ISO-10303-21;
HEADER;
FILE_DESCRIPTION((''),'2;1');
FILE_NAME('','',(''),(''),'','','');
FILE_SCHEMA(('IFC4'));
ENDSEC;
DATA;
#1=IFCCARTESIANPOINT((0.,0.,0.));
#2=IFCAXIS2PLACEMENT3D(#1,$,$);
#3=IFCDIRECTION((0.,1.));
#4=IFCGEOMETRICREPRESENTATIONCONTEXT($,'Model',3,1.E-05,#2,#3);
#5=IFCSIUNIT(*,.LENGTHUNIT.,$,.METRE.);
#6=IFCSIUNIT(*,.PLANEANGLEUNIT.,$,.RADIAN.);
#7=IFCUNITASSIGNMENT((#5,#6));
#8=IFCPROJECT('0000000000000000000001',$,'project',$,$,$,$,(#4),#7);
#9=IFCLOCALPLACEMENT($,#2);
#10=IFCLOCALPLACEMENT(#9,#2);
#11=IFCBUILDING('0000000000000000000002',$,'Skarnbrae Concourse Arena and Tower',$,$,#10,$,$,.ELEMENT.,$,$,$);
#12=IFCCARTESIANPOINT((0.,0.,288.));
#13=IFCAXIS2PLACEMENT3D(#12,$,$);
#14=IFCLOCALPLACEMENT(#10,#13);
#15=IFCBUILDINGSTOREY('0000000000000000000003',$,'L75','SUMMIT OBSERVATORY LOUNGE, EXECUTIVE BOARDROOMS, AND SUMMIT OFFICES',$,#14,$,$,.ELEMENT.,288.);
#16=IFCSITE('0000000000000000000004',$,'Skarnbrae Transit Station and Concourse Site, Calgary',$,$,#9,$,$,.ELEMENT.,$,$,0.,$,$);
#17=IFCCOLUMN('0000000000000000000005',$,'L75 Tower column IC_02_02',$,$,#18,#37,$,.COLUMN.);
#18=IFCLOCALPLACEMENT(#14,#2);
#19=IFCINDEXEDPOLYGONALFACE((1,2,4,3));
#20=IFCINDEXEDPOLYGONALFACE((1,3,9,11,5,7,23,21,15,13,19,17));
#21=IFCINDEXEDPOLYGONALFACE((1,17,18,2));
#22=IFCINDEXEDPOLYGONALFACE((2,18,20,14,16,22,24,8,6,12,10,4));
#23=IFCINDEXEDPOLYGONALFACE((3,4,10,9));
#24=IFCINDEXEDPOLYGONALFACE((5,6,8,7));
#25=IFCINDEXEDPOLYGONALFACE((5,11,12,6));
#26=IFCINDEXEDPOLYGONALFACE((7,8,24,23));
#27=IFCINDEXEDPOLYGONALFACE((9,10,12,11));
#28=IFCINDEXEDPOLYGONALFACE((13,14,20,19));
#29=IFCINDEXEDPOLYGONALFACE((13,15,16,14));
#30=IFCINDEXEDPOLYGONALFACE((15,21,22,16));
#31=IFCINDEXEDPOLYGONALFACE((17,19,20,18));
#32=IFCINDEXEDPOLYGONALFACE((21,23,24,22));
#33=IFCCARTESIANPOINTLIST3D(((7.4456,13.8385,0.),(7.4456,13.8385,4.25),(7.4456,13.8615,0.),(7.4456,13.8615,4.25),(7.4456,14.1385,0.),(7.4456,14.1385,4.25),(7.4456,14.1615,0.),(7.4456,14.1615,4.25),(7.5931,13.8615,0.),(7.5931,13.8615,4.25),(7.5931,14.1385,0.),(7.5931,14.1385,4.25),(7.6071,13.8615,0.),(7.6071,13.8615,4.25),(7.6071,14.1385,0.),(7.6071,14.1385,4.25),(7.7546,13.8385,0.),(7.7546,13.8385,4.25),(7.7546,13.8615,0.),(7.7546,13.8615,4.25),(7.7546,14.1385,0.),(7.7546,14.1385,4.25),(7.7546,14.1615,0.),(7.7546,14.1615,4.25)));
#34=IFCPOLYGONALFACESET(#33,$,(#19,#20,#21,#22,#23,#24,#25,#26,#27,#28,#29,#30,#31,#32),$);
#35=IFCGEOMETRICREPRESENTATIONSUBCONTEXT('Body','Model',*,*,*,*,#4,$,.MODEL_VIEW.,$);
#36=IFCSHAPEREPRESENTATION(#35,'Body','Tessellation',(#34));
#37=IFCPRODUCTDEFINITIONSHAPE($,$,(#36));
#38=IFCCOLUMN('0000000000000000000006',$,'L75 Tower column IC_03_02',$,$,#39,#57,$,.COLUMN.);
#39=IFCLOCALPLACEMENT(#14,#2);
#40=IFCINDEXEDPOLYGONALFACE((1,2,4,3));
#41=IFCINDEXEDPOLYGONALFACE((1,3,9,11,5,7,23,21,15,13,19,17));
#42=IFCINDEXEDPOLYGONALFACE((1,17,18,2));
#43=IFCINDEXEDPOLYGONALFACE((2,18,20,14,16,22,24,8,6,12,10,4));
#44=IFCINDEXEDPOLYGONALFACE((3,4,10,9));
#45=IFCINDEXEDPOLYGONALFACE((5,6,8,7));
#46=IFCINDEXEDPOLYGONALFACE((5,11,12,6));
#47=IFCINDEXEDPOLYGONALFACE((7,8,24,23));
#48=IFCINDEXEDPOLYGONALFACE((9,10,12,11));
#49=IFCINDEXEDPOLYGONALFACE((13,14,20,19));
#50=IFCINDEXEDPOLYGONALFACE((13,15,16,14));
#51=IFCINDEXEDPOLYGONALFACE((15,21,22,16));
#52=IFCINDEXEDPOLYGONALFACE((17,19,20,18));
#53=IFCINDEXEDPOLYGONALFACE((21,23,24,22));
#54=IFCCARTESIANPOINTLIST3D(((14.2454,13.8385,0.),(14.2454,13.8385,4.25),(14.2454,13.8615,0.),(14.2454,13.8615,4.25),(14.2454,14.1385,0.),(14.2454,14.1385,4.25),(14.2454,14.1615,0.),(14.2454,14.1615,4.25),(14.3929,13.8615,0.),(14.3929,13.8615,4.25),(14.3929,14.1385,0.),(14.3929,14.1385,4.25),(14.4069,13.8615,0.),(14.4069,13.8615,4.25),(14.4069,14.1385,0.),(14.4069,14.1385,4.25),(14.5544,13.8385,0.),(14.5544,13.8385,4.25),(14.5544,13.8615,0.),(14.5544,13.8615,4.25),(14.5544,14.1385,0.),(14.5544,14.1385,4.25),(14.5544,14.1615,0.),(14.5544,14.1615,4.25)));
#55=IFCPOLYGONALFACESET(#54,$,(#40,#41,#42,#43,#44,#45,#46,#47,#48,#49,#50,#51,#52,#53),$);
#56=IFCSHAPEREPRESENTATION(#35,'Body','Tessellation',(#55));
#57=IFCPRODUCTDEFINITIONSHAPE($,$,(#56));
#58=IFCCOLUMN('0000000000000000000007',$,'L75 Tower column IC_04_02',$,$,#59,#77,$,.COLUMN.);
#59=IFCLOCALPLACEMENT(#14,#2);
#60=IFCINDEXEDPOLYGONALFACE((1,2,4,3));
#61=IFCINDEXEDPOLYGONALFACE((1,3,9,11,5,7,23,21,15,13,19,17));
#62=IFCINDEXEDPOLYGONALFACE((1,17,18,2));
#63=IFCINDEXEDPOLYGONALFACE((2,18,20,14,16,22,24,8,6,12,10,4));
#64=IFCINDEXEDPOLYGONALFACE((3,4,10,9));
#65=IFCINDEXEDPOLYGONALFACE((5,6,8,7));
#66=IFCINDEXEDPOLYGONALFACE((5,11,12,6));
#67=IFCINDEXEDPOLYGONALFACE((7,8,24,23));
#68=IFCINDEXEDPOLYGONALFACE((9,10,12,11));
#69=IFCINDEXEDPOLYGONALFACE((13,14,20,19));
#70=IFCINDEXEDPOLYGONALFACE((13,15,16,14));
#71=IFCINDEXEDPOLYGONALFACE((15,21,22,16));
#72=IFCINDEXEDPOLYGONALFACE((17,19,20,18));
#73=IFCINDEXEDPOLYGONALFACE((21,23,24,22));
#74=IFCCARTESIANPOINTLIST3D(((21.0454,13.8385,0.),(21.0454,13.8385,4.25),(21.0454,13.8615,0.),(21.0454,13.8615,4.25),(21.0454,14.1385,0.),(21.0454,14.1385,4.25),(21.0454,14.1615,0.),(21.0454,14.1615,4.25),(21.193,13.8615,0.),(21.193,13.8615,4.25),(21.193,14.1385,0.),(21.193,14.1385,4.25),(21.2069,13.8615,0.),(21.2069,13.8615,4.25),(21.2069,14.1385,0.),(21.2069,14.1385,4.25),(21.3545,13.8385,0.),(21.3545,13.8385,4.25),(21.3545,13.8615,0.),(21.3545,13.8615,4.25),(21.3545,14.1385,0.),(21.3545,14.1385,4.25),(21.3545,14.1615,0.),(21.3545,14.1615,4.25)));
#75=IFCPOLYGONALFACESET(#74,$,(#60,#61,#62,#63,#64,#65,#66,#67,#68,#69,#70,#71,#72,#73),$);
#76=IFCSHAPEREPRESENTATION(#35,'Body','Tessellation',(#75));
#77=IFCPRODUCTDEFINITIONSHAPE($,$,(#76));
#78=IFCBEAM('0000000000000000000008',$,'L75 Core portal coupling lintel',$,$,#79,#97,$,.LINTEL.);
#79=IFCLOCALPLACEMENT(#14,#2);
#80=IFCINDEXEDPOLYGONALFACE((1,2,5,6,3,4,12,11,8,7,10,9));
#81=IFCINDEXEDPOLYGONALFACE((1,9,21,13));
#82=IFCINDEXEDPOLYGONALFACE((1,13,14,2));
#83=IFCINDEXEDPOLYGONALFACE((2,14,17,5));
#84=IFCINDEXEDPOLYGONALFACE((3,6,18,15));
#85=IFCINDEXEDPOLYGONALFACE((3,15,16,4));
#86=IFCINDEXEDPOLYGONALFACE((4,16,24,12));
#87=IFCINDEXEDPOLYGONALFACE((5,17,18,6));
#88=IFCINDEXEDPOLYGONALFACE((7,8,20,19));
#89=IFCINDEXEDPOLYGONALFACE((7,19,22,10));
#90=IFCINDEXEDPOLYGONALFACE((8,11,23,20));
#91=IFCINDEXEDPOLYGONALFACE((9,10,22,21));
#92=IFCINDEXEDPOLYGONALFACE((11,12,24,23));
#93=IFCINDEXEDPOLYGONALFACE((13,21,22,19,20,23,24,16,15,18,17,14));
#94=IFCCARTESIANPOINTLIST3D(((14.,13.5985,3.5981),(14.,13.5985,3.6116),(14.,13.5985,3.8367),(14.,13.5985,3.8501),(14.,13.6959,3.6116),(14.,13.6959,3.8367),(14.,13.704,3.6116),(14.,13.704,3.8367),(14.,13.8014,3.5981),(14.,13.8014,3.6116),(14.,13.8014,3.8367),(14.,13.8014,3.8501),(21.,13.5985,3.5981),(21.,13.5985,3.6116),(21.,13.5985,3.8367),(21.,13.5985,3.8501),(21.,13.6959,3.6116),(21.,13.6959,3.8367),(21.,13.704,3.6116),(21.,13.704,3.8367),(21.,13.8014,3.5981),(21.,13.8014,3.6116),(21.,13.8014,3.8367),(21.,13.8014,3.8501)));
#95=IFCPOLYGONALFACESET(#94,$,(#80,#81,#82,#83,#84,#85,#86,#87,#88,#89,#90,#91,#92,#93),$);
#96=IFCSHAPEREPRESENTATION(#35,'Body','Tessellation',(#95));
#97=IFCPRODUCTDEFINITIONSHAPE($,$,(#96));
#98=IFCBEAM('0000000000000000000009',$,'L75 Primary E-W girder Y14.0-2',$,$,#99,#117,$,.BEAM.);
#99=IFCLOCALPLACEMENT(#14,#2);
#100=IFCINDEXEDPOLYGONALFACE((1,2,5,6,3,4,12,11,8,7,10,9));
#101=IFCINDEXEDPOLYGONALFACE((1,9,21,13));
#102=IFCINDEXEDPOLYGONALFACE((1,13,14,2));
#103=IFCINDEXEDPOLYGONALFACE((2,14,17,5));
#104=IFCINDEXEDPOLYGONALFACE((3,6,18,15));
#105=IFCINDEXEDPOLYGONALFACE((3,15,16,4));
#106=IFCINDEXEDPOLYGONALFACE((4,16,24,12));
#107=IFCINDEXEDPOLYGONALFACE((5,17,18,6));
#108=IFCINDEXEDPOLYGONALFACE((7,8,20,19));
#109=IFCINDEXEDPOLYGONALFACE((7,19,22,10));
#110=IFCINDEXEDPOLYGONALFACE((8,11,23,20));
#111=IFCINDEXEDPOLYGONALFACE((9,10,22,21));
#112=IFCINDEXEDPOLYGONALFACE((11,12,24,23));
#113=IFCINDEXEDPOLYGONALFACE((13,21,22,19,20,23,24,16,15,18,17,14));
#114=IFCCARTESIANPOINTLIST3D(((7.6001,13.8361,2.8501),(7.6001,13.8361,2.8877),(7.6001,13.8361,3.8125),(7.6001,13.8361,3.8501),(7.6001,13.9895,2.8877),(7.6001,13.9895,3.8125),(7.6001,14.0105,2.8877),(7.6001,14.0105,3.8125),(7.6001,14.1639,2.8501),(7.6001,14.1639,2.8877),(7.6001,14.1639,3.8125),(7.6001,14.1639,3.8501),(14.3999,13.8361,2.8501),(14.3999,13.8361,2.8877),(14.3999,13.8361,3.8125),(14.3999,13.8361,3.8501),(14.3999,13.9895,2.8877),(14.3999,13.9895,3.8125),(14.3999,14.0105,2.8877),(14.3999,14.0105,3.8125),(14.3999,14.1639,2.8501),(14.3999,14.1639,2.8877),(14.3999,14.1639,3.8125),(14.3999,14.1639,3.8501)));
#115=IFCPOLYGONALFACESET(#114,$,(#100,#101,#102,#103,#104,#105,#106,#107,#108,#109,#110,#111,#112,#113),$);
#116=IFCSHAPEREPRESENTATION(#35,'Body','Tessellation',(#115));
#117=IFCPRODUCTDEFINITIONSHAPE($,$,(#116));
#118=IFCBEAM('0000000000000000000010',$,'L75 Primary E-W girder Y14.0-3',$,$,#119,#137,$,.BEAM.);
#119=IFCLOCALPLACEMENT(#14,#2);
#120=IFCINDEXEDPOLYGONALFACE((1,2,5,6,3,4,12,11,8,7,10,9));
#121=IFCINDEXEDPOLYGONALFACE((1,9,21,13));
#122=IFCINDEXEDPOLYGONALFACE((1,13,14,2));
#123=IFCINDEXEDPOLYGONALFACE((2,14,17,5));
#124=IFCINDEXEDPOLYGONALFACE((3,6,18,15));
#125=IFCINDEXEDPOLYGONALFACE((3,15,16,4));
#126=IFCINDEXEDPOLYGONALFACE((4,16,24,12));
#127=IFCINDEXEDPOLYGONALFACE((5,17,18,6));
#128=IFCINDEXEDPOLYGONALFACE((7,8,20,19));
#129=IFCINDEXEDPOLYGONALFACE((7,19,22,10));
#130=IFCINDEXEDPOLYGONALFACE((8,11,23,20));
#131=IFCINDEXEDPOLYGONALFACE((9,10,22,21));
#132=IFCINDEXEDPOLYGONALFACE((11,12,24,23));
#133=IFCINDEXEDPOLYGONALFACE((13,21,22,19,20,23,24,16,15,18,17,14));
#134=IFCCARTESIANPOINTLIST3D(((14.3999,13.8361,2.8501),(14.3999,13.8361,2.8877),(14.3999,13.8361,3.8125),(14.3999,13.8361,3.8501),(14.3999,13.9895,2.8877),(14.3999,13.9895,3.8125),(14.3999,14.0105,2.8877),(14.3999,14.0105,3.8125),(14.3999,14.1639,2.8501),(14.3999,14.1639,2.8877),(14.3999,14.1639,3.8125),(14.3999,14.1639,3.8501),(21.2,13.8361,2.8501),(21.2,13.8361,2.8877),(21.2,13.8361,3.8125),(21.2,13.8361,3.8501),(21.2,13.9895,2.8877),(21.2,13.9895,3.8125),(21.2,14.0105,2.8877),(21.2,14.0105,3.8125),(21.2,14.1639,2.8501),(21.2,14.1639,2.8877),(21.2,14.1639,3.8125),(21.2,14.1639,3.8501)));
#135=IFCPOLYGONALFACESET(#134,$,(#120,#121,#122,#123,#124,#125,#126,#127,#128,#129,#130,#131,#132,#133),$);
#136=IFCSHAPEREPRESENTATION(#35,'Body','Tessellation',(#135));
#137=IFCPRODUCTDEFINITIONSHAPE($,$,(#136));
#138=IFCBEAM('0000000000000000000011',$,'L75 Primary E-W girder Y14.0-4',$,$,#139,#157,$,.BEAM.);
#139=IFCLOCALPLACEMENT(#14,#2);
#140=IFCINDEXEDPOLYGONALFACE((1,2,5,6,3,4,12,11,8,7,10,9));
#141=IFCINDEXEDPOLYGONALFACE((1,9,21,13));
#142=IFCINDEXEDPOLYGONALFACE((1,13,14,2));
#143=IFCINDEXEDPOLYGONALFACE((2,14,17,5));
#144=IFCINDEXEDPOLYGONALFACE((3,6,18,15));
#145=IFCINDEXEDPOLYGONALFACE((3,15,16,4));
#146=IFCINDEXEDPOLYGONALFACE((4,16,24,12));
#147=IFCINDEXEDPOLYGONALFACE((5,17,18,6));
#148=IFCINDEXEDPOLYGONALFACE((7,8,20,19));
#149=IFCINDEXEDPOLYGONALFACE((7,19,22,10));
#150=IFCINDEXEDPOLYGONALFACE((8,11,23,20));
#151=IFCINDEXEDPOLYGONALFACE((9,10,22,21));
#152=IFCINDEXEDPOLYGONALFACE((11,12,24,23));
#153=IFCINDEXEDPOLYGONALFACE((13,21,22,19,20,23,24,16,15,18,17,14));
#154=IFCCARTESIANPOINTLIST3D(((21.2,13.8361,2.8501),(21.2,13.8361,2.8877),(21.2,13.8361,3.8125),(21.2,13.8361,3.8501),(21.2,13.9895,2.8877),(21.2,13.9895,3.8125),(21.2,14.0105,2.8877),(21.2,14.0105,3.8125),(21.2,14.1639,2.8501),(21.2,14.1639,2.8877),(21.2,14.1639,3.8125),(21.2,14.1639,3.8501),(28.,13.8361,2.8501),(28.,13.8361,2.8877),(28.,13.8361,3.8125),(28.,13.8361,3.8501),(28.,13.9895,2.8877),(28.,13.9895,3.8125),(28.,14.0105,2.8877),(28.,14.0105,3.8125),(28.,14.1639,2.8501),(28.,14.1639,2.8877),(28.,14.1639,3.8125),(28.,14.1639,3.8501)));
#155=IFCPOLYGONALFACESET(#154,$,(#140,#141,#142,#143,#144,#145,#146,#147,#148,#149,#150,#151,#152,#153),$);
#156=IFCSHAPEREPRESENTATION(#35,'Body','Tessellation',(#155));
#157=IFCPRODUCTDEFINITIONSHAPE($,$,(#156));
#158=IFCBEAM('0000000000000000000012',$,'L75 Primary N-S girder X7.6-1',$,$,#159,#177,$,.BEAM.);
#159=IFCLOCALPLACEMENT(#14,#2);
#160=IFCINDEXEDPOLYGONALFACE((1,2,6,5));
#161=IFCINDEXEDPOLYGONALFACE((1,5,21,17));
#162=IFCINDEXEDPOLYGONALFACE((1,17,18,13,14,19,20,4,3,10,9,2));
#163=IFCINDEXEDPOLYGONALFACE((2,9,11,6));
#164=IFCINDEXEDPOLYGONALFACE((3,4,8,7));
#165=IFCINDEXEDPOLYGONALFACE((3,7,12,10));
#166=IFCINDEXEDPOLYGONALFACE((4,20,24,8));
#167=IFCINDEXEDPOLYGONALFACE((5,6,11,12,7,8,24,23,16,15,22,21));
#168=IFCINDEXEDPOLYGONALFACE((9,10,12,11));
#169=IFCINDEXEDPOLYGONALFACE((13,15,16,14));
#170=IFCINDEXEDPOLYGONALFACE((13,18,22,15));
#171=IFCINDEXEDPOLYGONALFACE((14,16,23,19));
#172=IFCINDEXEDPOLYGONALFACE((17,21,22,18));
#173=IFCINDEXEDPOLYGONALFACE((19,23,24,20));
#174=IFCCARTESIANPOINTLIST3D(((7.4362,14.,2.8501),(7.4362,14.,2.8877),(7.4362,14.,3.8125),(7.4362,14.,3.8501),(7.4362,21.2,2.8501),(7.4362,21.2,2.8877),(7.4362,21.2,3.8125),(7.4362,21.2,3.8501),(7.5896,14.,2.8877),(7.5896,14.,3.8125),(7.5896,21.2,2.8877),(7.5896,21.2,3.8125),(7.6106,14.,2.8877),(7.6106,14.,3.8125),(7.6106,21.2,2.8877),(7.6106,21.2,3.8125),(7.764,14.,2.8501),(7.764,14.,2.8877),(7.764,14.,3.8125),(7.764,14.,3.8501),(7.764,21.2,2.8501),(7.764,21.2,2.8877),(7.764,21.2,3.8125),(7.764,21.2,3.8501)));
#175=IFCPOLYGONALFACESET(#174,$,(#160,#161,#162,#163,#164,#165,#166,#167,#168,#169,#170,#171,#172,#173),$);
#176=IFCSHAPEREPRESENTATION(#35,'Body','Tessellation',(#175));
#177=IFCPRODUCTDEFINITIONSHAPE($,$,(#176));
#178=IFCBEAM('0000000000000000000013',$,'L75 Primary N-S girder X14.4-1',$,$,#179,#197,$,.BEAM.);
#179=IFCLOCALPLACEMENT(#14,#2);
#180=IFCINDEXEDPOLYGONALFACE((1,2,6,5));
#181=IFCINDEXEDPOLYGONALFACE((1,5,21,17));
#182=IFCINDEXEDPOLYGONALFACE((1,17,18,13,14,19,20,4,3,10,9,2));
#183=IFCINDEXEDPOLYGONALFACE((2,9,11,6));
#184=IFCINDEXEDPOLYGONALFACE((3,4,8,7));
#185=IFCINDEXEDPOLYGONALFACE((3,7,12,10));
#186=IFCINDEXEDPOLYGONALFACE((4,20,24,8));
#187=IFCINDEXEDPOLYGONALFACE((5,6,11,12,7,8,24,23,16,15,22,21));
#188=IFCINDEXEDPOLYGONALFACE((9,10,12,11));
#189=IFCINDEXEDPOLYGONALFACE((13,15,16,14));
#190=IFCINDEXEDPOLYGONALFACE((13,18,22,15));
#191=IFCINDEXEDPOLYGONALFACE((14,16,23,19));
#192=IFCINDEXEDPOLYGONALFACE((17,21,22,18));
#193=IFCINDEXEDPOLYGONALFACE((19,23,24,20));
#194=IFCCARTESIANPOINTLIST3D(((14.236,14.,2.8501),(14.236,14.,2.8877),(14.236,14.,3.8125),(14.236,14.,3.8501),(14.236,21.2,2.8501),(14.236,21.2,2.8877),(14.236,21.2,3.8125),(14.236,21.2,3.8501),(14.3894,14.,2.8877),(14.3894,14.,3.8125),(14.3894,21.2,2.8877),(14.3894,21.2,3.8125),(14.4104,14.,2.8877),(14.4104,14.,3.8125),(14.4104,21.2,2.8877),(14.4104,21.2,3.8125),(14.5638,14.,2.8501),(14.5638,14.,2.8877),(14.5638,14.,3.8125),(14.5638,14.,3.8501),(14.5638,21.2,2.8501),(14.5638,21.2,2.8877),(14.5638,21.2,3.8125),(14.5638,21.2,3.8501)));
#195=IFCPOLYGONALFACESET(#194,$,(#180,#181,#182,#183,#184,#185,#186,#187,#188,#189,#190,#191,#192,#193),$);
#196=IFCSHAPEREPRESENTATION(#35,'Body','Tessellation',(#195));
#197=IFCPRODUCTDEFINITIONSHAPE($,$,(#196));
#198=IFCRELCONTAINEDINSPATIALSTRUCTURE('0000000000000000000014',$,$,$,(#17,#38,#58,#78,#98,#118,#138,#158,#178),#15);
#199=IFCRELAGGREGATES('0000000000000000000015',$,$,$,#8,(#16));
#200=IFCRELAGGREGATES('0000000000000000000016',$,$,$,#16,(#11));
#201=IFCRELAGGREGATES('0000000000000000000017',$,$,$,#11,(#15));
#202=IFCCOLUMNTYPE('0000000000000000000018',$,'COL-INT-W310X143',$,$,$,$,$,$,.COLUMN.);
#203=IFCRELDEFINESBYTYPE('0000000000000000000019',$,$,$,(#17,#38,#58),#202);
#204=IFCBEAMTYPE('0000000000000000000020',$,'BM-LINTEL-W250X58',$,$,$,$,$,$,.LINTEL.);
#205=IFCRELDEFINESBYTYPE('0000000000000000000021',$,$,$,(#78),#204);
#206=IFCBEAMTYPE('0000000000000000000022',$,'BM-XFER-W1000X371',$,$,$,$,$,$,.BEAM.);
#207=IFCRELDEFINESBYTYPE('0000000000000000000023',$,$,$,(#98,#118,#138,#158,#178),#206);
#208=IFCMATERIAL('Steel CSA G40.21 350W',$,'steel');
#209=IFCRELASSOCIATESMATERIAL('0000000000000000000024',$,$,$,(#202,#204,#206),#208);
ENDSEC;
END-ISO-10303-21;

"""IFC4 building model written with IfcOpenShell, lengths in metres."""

from ifc_helpers import new_model, si_unit, direction, frame, origin, origin_2d, place, context, subcontext, project, spatial, i_section, extrude, source, transform, mapped, material, material_profile, profile_set, type_object, element, save


model = new_model("IFC4")

# Units and contexts
model_context = context("Model", 3, precision=1e-05, world=origin(), true_north=direction((0.0, 1.0)))
body_context = subcontext(model_context, "Body", "Model", "MODEL_VIEW")
ifc_project = project(units=[si_unit("LENGTHUNIT", "METRE"), si_unit("PLANEANGLEUNIT", "RADIAN")], contexts=[model_context])

# Site, building, storey
site_placement = place(None, origin())
site = spatial("IfcSite", under=ifc_project, at=site_placement, Name="Skarnbrae Transit Station and Concourse Site, Calgary", CompositionType="ELEMENT", RefElevation=0.0)
building_placement = place(site_placement, origin())
building = spatial("IfcBuilding", under=site, at=building_placement, Name="Skarnbrae Concourse Arena and Tower", CompositionType="ELEMENT")
storey_placement = place(building_placement, frame((0.0, 0.0, 288.0)))
storey = spatial("IfcBuildingStorey", under=building, at=storey_placement, Name="L75", Description="SUMMIT OBSERVATORY LOUNGE, EXECUTIVE BOARDROOMS, AND SUMMIT OFFICES", CompositionType="ELEMENT", Elevation=288.0)

# Columns
ifc_material_1 = material(Name="Steel CSA G40.21 350W", Category="steel")
ifc_material_profile_1 = material_profile(ifc_material_1, i_section(OverallWidth=0.3091, OverallDepth=0.323, WebThickness=0.0139, FlangeThickness=0.0229, at=origin_2d()), Name="W310X143")
ifc_profile_set_1 = profile_set([ifc_material_profile_1], Name="Steel CSA G40.21 350W")
column_type = type_object("IfcColumnType", Name="COL-INT-W310X143", PredefinedType="COLUMN", material=ifc_profile_set_1)
shared_shape_1 = source(origin(), body_context, "Body", "SweptSolid", [
    extrude(i_section(OverallWidth=0.3091, OverallDepth=0.323, WebThickness=0.0139, FlangeThickness=0.0229, at=origin_2d()), origin(), (0.0, 0.0, 1.0), 4.25),
])
for number, where, z_axis, x_axis, name in (
    (1, (7.6001, 14.0, 0.0), (0.0, 0.0, 1.0), (1.0, 0.0, 0.0), "L75 Tower column IC_02_02"),
    (2, (14.3999, 14.0, 0.0), (0.0, 0.0, 1.0), (1.0, 0.0, 0.0), "L75 Tower column IC_03_02"),
    (3, (21.2, 14.0, 0.0), (0.0, 0.0, 1.0), (1.0, 0.0, 0.0), "L75 Tower column IC_04_02"),
):
    element("IfcColumn", number, at=place(storey_placement, frame(where, z_axis=z_axis, x_axis=x_axis)), inside=storey, type_object=column_type, Name=name, PredefinedType="COLUMN", context=body_context, shape_type="MappedRepresentation", body=[
        mapped(shared_shape_1, transform((0.0, 0.0, 0.0))),
    ])

# Beams
ifc_material_profile_2 = material_profile(ifc_material_1, i_section(OverallWidth=0.2029, OverallDepth=0.252, WebThickness=0.0081, FlangeThickness=0.0134, at=origin_2d()), Name="W250X58")
ifc_profile_set_2 = profile_set([ifc_material_profile_2], Name="Steel CSA G40.21 350W")
beam_type_1 = type_object("IfcBeamType", Name="BM-LINTEL-W250X58", PredefinedType="LINTEL", material=ifc_profile_set_2)
shared_shape_2 = source(origin(), body_context, "Body", "SweptSolid", [
    extrude(i_section(OverallWidth=0.2029, OverallDepth=0.252, WebThickness=0.0081, FlangeThickness=0.0134, at=origin_2d()), origin(), (0.0, 0.0, 1.0), 7.0),
])
beam_1_placement = place(storey_placement, frame((14.0, 13.7, 3.7241), z_axis=(1.0, 0.0, 0.0), x_axis=(0.0, 1.0, 0.0)))
element("IfcBeam", 4, at=beam_1_placement, inside=storey, type_object=beam_type_1, Name="L75 Core portal coupling lintel", PredefinedType="LINTEL", context=body_context, shape_type="MappedRepresentation", body=[
    mapped(shared_shape_2, transform((0.0, 0.0, 0.0))),
])
ifc_material_profile_3 = material_profile(ifc_material_1, i_section(OverallWidth=0.3279, OverallDepth=1.0, WebThickness=0.021, FlangeThickness=0.0376, at=origin_2d()), Name="W1000X371")
ifc_profile_set_3 = profile_set([ifc_material_profile_3], Name="Steel CSA G40.21 350W")
beam_type_2 = type_object("IfcBeamType", Name="BM-XFER-W1000X371", PredefinedType="BEAM", material=ifc_profile_set_3)
shared_shape_3 = source(origin(), body_context, "Body", "SweptSolid", [
    extrude(i_section(OverallWidth=0.3279, OverallDepth=1.0, WebThickness=0.021, FlangeThickness=0.0376, at=origin_2d()), origin(), (0.0, 0.0, 1.0), 6.7998),
])
beam_2_placement = place(storey_placement, frame((7.6001, 14.0, 3.3501), z_axis=(1.0, 0.0, 0.0), x_axis=(0.0, 1.0, 0.0)))
element("IfcBeam", 5, at=beam_2_placement, inside=storey, type_object=beam_type_2, Name="L75 Primary E-W girder Y14.0-2", PredefinedType="BEAM", context=body_context, shape_type="MappedRepresentation", body=[
    mapped(shared_shape_3, transform((0.0, 0.0, 0.0))),
])
shared_shape_4 = source(origin(), body_context, "Body", "SweptSolid", [
    extrude(i_section(OverallWidth=0.3279, OverallDepth=1.0, WebThickness=0.021, FlangeThickness=0.0376, at=origin_2d()), origin(), (0.0, 0.0, 1.0), 6.8),
])
for number, where, z_axis, x_axis, name in (
    (6, (14.3999, 14.0, 3.3501), (1.0, 0.0, 0.0), (0.0, 1.0, 0.0), "L75 Primary E-W girder Y14.0-3"),
    (7, (21.2, 14.0, 3.3501), (1.0, 0.0, 0.0), (0.0, 1.0, 0.0), "L75 Primary E-W girder Y14.0-4"),
):
    element("IfcBeam", number, at=place(storey_placement, frame(where, z_axis=z_axis, x_axis=x_axis)), inside=storey, type_object=beam_type_2, Name=name, PredefinedType="BEAM", context=body_context, shape_type="MappedRepresentation", body=[
        mapped(shared_shape_4, transform((0.0, 0.0, 0.0))),
    ])
shared_shape_5 = source(origin(), body_context, "Body", "SweptSolid", [
    extrude(i_section(OverallWidth=0.3279, OverallDepth=1.0, WebThickness=0.021, FlangeThickness=0.0376, at=origin_2d()), origin(), (0.0, 0.0, 1.0), 7.2),
])
for number, where, z_axis, x_axis, name in (
    (8, (7.6001, 14.0, 3.3501), (0.0, 1.0, 0.0), (-1.0, 0.0, 0.0), "L75 Primary N-S girder X7.6-1"),
    (9, (14.3999, 14.0, 3.3501), (0.0, 1.0, 0.0), (-1.0, 0.0, 0.0), "L75 Primary N-S girder X14.4-1"),
):
    element("IfcBeam", number, at=place(storey_placement, frame(where, z_axis=z_axis, x_axis=x_axis)), inside=storey, type_object=beam_type_2, Name=name, PredefinedType="BEAM", context=body_context, shape_type="MappedRepresentation", body=[
        mapped(shared_shape_5, transform((0.0, 0.0, 0.0))),
    ])

save(model, "model.ifc")
